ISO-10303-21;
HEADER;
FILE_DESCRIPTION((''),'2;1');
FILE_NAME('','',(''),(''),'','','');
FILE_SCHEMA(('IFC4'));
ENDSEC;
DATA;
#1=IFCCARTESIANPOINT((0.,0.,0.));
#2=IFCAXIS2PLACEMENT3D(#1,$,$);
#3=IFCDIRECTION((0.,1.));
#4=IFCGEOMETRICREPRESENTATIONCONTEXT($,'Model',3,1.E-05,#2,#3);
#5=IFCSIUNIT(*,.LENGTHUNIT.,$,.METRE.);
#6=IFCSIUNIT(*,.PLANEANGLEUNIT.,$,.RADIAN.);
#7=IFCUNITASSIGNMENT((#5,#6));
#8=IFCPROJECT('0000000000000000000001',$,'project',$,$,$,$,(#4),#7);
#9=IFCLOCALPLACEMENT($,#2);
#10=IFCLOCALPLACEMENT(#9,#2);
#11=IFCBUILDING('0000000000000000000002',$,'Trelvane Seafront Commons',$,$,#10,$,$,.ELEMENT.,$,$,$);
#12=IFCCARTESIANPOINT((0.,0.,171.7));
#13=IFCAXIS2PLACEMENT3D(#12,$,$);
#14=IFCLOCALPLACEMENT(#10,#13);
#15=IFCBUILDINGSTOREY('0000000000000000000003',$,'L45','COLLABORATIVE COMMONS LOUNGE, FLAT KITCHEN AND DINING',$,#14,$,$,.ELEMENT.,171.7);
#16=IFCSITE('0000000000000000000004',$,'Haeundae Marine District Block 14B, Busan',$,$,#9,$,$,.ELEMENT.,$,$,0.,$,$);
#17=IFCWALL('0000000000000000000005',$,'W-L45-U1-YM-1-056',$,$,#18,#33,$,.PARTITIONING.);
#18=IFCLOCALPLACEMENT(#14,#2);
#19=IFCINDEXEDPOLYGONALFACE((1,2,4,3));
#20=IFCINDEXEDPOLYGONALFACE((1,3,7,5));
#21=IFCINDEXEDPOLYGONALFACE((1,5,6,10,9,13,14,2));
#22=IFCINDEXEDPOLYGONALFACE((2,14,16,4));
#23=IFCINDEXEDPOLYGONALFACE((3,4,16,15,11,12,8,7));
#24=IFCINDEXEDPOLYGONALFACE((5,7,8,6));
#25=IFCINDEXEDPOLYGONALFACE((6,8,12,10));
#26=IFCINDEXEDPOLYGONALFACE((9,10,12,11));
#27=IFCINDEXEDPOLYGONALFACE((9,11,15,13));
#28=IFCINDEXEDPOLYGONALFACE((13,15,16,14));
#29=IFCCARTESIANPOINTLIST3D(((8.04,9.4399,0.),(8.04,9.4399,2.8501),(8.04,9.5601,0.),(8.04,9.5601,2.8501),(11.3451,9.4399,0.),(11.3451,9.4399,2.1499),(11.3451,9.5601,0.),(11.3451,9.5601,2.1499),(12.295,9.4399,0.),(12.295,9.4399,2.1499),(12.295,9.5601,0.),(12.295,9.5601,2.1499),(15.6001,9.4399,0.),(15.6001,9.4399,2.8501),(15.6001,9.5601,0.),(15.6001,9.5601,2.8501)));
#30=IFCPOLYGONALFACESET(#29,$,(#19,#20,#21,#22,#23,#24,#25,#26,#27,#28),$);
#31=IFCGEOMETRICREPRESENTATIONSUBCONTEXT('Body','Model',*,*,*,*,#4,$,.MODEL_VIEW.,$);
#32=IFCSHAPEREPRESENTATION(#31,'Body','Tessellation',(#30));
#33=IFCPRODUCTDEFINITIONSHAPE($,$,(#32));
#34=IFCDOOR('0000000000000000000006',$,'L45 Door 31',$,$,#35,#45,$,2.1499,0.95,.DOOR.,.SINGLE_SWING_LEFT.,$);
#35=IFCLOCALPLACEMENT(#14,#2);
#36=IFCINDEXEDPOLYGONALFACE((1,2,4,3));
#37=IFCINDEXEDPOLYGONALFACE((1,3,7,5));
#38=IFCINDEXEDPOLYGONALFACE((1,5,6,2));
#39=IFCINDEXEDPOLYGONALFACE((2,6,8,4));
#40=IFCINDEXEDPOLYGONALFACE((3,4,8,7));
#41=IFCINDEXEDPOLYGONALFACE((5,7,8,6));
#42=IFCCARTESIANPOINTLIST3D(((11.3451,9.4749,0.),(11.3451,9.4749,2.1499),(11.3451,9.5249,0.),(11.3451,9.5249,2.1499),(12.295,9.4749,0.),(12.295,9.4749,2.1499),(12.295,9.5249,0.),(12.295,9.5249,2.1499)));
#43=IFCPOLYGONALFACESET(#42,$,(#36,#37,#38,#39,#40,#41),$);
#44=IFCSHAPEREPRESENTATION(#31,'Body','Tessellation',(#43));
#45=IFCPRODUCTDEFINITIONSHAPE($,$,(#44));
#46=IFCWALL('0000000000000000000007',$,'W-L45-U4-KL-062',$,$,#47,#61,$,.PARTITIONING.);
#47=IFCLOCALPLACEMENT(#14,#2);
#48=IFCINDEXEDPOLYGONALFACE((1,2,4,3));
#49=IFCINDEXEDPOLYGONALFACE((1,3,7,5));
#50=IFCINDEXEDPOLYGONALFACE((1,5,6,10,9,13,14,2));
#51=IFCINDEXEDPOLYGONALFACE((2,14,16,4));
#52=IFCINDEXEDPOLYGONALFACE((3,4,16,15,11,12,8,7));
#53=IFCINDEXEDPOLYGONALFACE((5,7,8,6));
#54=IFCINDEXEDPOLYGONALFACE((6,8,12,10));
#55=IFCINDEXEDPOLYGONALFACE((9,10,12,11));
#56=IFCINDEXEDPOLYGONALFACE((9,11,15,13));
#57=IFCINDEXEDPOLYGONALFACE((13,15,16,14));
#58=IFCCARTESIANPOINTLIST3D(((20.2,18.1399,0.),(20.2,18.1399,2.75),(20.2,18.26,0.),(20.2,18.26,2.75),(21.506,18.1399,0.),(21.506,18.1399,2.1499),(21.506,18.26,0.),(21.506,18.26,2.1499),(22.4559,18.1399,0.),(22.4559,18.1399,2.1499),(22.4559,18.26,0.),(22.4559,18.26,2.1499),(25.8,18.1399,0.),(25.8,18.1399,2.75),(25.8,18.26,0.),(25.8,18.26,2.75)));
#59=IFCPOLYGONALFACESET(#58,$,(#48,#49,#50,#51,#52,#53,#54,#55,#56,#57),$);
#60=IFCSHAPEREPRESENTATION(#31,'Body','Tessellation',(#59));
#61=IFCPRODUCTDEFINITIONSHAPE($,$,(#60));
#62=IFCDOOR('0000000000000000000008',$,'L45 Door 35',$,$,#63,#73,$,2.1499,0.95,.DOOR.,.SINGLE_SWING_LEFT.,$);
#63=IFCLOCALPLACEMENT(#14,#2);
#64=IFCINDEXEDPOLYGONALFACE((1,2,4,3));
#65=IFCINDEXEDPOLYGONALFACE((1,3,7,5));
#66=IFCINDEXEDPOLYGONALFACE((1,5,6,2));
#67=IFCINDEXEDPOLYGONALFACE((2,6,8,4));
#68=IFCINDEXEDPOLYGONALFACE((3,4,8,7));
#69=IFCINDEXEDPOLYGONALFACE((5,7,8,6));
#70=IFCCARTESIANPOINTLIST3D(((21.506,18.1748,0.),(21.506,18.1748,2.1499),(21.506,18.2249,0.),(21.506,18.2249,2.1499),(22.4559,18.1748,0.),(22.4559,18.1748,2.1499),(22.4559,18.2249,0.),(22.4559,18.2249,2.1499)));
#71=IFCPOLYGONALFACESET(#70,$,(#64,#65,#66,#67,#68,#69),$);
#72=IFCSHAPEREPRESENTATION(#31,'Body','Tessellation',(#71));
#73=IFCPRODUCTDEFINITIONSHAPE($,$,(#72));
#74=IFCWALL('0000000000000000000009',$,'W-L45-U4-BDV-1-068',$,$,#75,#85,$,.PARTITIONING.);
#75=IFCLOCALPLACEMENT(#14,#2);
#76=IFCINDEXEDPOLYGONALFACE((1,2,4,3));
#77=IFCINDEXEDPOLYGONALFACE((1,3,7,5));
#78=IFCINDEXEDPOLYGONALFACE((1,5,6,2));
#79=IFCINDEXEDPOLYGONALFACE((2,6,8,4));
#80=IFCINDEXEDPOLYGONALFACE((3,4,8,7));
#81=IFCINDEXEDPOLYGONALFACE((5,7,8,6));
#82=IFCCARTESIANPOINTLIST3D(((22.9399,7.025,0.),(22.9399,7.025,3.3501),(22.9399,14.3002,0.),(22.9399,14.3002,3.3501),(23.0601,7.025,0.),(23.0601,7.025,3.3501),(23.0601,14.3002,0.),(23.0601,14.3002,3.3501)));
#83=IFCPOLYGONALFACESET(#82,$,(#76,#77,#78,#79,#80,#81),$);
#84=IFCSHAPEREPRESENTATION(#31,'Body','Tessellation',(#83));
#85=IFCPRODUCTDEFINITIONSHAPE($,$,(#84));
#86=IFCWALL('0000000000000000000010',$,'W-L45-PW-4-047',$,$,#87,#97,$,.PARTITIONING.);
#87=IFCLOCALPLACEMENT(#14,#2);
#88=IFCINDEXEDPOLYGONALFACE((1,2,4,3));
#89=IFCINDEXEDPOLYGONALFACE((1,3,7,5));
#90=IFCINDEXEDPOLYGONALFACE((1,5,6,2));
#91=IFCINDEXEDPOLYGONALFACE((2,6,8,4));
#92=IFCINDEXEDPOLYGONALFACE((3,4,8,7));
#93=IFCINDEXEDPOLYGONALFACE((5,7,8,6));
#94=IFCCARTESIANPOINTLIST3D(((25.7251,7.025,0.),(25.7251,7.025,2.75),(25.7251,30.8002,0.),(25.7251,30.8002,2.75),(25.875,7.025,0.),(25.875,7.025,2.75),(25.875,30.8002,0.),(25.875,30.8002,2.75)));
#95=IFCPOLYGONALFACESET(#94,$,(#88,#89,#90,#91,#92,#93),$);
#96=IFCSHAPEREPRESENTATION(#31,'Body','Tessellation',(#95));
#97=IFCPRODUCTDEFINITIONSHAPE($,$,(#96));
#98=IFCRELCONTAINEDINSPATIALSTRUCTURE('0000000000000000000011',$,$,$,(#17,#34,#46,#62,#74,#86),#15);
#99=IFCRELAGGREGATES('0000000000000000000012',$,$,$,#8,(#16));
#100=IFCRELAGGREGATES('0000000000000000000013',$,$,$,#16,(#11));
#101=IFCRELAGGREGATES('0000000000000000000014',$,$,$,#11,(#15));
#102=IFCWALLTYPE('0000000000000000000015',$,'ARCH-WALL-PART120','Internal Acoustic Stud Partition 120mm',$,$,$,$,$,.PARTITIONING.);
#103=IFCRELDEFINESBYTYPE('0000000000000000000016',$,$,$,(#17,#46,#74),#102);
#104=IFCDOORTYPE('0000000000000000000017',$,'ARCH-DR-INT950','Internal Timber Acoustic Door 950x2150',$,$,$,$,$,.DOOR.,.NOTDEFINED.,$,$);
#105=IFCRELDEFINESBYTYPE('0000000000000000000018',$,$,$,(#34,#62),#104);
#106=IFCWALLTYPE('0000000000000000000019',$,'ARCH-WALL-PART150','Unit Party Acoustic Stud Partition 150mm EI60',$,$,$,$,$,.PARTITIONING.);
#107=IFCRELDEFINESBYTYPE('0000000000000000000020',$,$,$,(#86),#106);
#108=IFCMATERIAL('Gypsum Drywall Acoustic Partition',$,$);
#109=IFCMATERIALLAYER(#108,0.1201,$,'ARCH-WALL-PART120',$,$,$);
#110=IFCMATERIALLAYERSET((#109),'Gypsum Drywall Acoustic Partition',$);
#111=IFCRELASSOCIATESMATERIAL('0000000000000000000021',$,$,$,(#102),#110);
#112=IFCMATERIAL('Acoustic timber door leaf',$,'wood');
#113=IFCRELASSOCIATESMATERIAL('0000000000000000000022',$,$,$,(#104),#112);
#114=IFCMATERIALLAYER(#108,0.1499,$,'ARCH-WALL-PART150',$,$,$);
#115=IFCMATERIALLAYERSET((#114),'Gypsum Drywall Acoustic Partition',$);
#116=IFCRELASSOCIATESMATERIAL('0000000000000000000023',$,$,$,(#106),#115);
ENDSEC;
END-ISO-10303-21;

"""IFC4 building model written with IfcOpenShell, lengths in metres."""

from ifc_helpers import new_model, si_unit, direction, frame, frame_2d, origin, place, context, subcontext, project, spatial, rectangle, extrude, source, transform, mapped, material, layer, layer_set, type_object, element, fill, save


model = new_model("IFC4")

# Units and contexts
model_context = context("Model", 3, precision=1e-05, world=origin(), true_north=direction((0.0, 1.0)))
body_context = subcontext(model_context, "Body", "Model", "MODEL_VIEW")
ifc_project = project(units=[si_unit("LENGTHUNIT", "METRE"), si_unit("PLANEANGLEUNIT", "RADIAN")], contexts=[model_context])

# Site, building, storey
site_placement = place(None, origin())
site = spatial("IfcSite", under=ifc_project, at=site_placement, Name="Haeundae Marine District Block 14B, Busan", CompositionType="ELEMENT", RefElevation=0.0)
building_placement = place(site_placement, origin())
building = spatial("IfcBuilding", under=site, at=building_placement, Name="Trelvane Seafront Commons", CompositionType="ELEMENT")
storey_placement = place(building_placement, frame((0.0, 0.0, 171.7)))
storey = spatial("IfcBuildingStorey", under=building, at=storey_placement, Name="L45", Description="COLLABORATIVE COMMONS LOUNGE, FLAT KITCHEN AND DINING", CompositionType="ELEMENT", Elevation=171.7)

# Walls, openings, doors
ifc_material_1 = material(Name="Gypsum Drywall Acoustic Partition")
ifc_layer_1 = layer(ifc_material_1, 0.1201, Name="ARCH-WALL-PART120")
ifc_layer_set_1 = layer_set([ifc_layer_1], Name="Gypsum Drywall Acoustic Partition")
wall_type_1 = type_object("IfcWallType", Name="ARCH-WALL-PART120", Description="Internal Acoustic Stud Partition 120mm", PredefinedType="PARTITIONING", material=ifc_layer_set_1)
ifc_material_2 = material(Name="Acoustic timber door leaf", Category="wood")
door_type = type_object("IfcDoorType", Name="ARCH-DR-INT950", Description="Internal Timber Acoustic Door 950x2150", OperationType="NOTDEFINED", PredefinedType="DOOR", material=ifc_material_2)
shared_shape_1 = source(origin(), body_context, "Body", "SweptSolid", [
    extrude(rectangle(XDim=0.95, YDim=2.1499, at=frame_2d((0.4751, 1.075))), frame((0.0, 0.0249, 0.0), z_axis=(0.0, -1.0, 0.0), x_axis=(1.0, 0.0, 0.0)), (0.0, 0.0, 1.0), 0.05),
])
wall_1_placement = place(storey_placement, frame((8.04, 9.5, 0.0), z_axis=(0.0, 0.0, 1.0), x_axis=(1.0, 0.0, 0.0)))
wall_1 = element("IfcWall", 1, at=wall_1_placement, inside=storey, type_object=wall_type_1, Name="W-L45-U1-YM-1-056", PredefinedType="PARTITIONING", context=body_context, shape_type="SweptSolid", body=[
    extrude(rectangle(XDim=7.5601, YDim=0.1201, at=frame_2d((3.78, 0.0))), origin(), (0.0, 0.0, 1.0), 2.8501),
])
opening_1_placement = place(wall_1_placement, frame((3.3049, 0.0, 0.0)))
opening_1 = element("IfcOpeningElement", 2, at=opening_1_placement, cuts=wall_1, PredefinedType="OPENING", context=body_context, shape_type="SweptSolid", body=[
    extrude(rectangle(XDim=0.95, YDim=2.1499, at=frame_2d((0.4751, 1.075))), frame((0.0, 0.0701, 0.0), z_axis=(0.0, -1.0, 0.0), x_axis=(1.0, 0.0, 0.0)), (0.0, 0.0, 1.0), 0.1401),
])
door_1_placement = place(opening_1_placement, origin())
door_1 = element("IfcDoor", 3, at=door_1_placement, inside=storey, type_object=door_type, Name="L45 Door 31", OperationType="SINGLE_SWING_LEFT", OverallHeight=2.1499, OverallWidth=0.95, PredefinedType="DOOR", context=body_context, shape_type="MappedRepresentation", body=[
    mapped(shared_shape_1, transform((0.0, 0.0, 0.0), x_axis=(1.0, 0.0, 0.0), y_axis=(0.0, 1.0, 0.0), z_axis=(0.0, 0.0, 1.0), scale=1.0)),
])
fill(opening_1, door_1)
wall_2_placement = place(storey_placement, frame((20.2, 18.2, 0.0), z_axis=(0.0, 0.0, 1.0), x_axis=(1.0, 0.0, 0.0)))
wall_2 = element("IfcWall", 4, at=wall_2_placement, inside=storey, type_object=wall_type_1, Name="W-L45-U4-KL-062", PredefinedType="PARTITIONING", context=body_context, shape_type="SweptSolid", body=[
    extrude(rectangle(XDim=5.6001, YDim=0.1201, at=frame_2d((2.8, 0.0))), origin(), (0.0, 0.0, 1.0), 2.75),
])
opening_2_placement = place(wall_2_placement, frame((1.3059, 0.0, 0.0)))
opening_2 = element("IfcOpeningElement", 5, at=opening_2_placement, cuts=wall_2, PredefinedType="OPENING", context=body_context, shape_type="SweptSolid", body=[
    extrude(rectangle(XDim=0.95, YDim=2.1499, at=frame_2d((0.4751, 1.075))), frame((0.0, 0.0701, 0.0), z_axis=(0.0, -1.0, 0.0), x_axis=(1.0, 0.0, 0.0)), (0.0, 0.0, 1.0), 0.1401),
])
door_2_placement = place(opening_2_placement, origin())
door_2 = element("IfcDoor", 6, at=door_2_placement, inside=storey, type_object=door_type, Name="L45 Door 35", OperationType="SINGLE_SWING_LEFT", OverallHeight=2.1499, OverallWidth=0.95, PredefinedType="DOOR", context=body_context, shape_type="MappedRepresentation", body=[
    mapped(shared_shape_1, transform((0.0, 0.0, 0.0), x_axis=(1.0, 0.0, 0.0), y_axis=(0.0, 1.0, 0.0), z_axis=(0.0, 0.0, 1.0), scale=1.0)),
])
fill(opening_2, door_2)

# Walls
wall_3_placement = place(storey_placement, frame((23.0, 7.0249, 0.0), z_axis=(0.0, 0.0, 1.0), x_axis=(0.0, 1.0, 0.0)))
element("IfcWall", 7, at=wall_3_placement, inside=storey, type_object=wall_type_1, Name="W-L45-U4-BDV-1-068", PredefinedType="PARTITIONING", context=body_context, shape_type="SweptSolid", body=[
    extrude(rectangle(XDim=7.2751, YDim=0.1201, at=frame_2d((3.6377, 0.0))), origin(), (0.0, 0.0, 1.0), 3.3501),
])
ifc_layer_2 = layer(ifc_material_1, 0.1499, Name="ARCH-WALL-PART150")
ifc_layer_set_2 = layer_set([ifc_layer_2], Name="Gypsum Drywall Acoustic Partition")
wall_type_2 = type_object("IfcWallType", Name="ARCH-WALL-PART150", Description="Unit Party Acoustic Stud Partition 150mm EI60", PredefinedType="PARTITIONING", material=ifc_layer_set_2)
wall_4_placement = place(storey_placement, frame((25.8, 7.0249, 0.0), z_axis=(0.0, 0.0, 1.0), x_axis=(0.0, 1.0, 0.0)))
element("IfcWall", 8, at=wall_4_placement, inside=storey, type_object=wall_type_2, Name="W-L45-PW-4-047", PredefinedType="PARTITIONING", context=body_context, shape_type="SweptSolid", body=[
    extrude(rectangle(XDim=23.7751, YDim=0.1499, at=frame_2d((11.8877, 0.0))), origin(), (0.0, 0.0, 1.0), 2.75),
])

save(model, "model.ifc")
